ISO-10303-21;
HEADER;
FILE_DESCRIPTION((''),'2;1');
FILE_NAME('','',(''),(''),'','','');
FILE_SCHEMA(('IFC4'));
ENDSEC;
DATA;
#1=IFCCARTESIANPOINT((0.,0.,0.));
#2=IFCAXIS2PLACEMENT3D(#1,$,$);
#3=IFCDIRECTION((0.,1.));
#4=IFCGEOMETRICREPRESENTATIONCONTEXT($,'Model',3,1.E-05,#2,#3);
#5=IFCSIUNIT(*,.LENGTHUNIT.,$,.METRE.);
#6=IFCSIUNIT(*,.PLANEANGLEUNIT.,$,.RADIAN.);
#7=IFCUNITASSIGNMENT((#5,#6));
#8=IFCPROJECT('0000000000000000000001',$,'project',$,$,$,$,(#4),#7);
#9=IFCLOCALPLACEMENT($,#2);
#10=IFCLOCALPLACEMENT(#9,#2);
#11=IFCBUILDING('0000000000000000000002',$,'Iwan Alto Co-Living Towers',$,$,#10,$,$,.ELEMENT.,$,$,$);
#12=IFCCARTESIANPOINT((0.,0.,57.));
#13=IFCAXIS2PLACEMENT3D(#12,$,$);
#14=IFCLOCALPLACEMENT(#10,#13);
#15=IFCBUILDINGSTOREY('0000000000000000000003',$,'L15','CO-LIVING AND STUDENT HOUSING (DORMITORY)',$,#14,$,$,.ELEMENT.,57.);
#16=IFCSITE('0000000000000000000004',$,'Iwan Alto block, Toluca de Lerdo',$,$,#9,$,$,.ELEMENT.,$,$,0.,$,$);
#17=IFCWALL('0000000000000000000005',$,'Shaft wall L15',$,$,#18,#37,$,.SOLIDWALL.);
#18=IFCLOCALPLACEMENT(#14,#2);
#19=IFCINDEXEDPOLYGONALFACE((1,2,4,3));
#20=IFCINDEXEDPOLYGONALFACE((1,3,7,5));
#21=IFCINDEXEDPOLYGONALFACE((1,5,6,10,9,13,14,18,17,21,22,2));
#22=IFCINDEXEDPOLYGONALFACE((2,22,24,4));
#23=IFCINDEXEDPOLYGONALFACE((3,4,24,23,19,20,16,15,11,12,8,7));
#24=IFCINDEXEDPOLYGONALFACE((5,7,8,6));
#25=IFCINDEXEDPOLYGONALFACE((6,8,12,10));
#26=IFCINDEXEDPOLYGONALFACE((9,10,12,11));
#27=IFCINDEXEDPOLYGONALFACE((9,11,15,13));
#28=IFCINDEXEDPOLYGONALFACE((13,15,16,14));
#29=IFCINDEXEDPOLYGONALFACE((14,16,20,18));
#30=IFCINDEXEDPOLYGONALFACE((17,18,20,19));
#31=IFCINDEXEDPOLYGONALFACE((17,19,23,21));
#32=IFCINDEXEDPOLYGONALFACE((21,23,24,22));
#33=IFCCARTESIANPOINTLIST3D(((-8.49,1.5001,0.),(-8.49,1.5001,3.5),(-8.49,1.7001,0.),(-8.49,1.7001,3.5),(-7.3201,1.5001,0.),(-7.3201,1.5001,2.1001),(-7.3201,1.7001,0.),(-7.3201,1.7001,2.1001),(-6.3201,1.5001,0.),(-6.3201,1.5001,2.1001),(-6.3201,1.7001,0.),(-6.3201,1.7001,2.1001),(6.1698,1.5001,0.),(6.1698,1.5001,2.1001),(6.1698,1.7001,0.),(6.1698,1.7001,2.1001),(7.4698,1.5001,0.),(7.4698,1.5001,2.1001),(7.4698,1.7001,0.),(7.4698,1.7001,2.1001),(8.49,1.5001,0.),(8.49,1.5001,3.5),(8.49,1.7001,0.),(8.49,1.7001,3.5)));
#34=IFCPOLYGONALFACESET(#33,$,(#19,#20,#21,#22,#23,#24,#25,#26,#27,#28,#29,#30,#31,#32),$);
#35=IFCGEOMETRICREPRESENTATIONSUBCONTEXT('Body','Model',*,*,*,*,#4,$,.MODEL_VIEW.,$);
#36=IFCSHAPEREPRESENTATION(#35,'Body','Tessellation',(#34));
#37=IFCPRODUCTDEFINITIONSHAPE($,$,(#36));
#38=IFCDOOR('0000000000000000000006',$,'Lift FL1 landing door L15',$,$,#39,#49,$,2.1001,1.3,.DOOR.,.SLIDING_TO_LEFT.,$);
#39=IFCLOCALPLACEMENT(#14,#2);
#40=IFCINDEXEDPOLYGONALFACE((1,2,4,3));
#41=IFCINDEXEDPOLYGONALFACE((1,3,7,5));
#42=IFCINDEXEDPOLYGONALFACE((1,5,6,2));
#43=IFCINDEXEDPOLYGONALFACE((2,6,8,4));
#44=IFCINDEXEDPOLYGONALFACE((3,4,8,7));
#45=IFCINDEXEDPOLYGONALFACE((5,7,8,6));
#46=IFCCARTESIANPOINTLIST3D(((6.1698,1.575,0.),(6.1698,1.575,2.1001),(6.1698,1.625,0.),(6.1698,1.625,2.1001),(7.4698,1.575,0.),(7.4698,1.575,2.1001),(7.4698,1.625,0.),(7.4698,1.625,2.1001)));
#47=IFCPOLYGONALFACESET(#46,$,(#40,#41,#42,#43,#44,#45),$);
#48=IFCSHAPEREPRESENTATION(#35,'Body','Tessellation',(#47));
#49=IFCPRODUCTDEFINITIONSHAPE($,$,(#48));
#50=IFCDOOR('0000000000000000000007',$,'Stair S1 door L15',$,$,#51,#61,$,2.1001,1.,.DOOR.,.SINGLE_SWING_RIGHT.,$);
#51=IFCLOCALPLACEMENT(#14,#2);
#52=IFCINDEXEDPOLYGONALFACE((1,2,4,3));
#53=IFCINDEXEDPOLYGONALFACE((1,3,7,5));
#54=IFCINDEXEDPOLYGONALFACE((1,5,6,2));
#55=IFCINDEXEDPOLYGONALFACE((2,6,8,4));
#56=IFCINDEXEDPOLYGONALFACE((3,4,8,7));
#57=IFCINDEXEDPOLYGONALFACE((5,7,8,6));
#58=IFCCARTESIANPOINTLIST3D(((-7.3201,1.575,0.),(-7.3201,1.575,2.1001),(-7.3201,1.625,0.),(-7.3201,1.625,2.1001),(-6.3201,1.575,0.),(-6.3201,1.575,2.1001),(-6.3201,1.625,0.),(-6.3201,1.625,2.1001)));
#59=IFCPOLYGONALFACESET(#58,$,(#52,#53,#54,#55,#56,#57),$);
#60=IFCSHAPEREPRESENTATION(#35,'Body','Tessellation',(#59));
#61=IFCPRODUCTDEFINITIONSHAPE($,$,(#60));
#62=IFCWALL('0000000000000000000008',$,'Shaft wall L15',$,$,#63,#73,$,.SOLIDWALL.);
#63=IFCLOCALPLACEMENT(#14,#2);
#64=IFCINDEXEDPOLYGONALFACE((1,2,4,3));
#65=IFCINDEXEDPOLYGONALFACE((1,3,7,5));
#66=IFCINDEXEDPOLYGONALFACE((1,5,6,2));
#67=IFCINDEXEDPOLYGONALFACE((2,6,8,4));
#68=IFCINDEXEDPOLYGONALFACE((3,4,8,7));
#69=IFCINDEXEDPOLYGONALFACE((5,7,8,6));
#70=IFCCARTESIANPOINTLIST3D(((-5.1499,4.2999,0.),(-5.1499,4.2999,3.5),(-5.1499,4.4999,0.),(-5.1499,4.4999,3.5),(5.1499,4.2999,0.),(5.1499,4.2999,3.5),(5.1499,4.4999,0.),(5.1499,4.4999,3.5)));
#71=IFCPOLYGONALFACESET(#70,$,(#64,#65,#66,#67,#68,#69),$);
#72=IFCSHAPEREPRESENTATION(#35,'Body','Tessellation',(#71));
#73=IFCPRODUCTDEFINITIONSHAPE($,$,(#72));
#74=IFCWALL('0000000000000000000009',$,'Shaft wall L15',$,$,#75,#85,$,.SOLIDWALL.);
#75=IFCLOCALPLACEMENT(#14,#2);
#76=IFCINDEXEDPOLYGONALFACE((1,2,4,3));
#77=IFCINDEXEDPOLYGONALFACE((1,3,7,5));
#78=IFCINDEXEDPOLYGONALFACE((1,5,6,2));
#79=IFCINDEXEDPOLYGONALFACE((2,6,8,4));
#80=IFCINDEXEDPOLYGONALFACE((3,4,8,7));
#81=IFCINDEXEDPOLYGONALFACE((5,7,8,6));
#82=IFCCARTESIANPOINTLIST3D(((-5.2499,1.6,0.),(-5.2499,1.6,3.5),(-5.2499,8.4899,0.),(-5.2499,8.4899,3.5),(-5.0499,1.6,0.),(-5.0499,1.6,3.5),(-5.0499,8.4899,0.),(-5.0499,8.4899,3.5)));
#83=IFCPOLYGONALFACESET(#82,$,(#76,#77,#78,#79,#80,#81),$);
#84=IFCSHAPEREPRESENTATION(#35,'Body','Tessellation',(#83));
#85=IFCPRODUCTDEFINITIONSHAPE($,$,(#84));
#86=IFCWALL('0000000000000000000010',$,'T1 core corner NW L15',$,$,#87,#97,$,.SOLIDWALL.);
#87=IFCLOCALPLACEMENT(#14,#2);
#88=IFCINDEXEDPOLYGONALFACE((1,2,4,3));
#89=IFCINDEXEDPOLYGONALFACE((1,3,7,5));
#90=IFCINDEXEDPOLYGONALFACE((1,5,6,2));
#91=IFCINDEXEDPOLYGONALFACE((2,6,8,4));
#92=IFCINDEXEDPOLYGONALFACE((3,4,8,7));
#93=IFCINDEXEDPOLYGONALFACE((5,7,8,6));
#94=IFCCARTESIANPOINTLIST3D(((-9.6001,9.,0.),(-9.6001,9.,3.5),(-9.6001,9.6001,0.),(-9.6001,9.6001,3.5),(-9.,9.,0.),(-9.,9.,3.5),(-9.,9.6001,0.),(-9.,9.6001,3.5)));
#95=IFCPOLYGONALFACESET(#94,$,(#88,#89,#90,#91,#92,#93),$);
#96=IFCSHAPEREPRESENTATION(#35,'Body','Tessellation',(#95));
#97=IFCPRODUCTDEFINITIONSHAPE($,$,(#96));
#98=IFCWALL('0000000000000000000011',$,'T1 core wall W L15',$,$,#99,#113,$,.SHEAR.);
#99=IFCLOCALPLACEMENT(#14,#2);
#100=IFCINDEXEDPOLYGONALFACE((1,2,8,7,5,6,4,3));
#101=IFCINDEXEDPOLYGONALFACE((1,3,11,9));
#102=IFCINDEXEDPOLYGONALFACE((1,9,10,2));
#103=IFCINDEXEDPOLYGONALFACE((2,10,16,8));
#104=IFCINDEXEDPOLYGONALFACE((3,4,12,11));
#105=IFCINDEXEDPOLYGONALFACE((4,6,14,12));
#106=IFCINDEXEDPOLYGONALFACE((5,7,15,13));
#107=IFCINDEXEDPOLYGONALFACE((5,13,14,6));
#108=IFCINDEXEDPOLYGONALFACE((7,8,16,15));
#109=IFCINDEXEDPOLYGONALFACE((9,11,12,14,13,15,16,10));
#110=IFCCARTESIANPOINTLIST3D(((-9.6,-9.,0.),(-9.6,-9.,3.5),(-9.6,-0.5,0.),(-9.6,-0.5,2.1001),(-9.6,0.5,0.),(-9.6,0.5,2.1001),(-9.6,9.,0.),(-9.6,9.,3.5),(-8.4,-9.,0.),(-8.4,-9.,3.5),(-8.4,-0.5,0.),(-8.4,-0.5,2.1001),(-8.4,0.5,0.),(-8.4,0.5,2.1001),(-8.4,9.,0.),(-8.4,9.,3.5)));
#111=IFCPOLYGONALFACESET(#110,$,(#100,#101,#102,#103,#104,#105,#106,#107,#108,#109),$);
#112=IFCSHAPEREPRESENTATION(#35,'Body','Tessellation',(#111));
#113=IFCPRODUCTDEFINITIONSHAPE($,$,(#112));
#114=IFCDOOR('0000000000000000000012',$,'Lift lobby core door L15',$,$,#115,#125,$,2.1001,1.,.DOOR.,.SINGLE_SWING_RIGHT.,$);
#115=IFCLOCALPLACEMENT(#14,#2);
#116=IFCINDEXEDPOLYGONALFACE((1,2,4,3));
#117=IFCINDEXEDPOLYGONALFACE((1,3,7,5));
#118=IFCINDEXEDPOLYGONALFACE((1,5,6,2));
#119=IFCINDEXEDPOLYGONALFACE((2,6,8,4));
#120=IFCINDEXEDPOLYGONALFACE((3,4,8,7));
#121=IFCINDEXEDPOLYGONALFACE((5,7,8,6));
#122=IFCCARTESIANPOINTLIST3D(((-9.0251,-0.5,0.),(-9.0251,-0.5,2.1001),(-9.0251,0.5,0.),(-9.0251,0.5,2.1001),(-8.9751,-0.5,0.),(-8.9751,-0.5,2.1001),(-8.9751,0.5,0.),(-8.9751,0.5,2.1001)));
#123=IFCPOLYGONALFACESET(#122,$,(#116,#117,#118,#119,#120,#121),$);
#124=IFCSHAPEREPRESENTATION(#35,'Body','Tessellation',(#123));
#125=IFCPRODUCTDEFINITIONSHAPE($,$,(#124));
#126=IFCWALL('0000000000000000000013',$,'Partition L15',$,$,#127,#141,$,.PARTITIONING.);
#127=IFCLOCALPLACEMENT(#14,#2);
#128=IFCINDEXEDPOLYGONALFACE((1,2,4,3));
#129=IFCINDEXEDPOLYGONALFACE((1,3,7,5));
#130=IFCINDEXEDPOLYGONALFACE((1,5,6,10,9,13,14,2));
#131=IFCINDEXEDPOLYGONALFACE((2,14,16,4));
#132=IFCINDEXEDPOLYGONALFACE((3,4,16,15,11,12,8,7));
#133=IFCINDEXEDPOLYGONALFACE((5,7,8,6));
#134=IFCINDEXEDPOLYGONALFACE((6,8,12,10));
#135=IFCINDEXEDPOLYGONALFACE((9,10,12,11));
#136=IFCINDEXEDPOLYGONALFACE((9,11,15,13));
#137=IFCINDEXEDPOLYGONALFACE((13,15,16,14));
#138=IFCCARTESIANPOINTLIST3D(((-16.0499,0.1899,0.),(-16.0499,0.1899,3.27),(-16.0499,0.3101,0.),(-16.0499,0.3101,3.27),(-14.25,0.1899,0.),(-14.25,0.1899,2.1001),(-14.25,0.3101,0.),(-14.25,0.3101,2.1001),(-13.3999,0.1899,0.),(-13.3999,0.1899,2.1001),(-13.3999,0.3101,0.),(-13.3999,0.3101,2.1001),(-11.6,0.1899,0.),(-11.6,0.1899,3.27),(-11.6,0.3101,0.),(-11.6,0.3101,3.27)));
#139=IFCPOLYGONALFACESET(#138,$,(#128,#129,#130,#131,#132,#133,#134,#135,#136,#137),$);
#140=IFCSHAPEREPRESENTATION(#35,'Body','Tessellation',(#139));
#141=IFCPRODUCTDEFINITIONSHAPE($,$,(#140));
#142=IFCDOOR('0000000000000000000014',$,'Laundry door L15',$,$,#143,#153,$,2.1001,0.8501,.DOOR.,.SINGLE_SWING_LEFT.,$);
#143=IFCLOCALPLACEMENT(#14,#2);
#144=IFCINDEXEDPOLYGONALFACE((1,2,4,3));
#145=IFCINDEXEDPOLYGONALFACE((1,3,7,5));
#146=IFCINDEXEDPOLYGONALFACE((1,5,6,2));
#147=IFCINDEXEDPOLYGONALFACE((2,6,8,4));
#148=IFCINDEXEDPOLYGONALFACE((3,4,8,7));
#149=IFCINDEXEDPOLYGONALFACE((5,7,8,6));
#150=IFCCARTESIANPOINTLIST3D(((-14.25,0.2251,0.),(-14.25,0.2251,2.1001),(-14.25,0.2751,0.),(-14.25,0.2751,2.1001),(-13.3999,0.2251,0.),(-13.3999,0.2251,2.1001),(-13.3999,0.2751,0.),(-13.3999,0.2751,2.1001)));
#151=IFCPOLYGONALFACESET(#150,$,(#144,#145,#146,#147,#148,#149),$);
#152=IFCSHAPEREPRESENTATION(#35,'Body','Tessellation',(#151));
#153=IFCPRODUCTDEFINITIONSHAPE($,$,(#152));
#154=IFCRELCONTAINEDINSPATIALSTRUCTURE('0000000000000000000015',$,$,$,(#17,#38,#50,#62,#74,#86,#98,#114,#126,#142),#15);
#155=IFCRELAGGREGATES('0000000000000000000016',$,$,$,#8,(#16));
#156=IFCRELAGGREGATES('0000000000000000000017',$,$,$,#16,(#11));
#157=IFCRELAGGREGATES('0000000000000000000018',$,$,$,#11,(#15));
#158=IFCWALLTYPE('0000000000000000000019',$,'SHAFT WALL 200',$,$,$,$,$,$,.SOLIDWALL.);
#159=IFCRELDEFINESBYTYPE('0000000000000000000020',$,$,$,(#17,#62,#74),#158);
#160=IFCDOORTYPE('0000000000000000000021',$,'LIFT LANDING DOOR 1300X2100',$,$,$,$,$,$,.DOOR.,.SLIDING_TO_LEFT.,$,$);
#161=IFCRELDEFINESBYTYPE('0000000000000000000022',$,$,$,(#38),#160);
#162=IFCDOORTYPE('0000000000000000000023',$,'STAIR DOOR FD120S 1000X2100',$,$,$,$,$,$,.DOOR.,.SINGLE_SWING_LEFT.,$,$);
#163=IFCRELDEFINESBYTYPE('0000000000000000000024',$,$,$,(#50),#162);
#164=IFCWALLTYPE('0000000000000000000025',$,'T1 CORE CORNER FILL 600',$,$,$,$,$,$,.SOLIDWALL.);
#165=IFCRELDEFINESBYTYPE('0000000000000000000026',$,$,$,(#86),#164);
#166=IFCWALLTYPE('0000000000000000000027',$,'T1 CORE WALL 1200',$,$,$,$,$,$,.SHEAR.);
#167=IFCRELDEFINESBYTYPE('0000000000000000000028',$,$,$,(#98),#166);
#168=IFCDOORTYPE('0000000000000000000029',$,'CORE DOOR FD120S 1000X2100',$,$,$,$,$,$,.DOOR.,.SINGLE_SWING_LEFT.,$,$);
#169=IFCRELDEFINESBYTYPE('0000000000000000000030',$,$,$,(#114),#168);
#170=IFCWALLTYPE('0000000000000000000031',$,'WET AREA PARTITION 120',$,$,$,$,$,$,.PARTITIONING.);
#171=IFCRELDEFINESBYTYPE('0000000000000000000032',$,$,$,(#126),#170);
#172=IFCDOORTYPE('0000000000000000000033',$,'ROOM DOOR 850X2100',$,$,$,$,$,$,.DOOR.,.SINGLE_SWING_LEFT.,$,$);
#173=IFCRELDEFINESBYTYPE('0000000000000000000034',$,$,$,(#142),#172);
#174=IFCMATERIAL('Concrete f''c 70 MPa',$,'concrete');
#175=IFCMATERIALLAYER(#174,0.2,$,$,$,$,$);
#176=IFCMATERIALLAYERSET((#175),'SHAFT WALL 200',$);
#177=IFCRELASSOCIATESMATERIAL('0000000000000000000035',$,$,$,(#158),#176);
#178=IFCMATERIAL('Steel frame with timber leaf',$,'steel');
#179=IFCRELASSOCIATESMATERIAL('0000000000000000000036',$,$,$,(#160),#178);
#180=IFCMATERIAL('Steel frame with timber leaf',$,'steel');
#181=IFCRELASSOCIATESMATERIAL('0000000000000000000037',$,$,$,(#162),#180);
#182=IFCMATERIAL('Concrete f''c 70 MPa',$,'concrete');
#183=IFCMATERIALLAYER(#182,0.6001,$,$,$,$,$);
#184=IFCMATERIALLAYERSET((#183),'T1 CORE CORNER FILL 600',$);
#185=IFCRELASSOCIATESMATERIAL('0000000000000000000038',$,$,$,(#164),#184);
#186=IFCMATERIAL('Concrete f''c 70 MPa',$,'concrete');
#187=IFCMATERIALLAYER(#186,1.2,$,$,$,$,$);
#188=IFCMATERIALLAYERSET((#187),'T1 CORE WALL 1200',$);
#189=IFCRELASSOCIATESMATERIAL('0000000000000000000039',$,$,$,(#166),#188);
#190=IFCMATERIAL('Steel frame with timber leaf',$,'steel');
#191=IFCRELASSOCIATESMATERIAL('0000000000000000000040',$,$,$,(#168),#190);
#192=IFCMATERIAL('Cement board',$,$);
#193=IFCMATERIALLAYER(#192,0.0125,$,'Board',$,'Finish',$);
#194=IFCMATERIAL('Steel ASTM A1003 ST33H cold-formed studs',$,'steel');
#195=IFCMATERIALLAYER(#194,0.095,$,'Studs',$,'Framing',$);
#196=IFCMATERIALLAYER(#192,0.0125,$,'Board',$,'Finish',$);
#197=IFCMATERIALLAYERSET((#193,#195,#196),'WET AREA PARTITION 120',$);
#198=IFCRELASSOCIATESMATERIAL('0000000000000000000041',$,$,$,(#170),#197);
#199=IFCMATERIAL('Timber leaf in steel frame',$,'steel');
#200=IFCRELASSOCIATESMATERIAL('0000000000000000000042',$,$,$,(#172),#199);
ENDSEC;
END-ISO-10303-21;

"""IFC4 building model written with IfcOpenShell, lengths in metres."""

from ifc_helpers import new_model, si_unit, direction, frame, frame_2d, origin, place, context, subcontext, project, spatial, rectangle, extrude, material, layer, layer_set, type_object, element, fill, save


model = new_model("IFC4")

# Units and contexts
model_context = context("Model", 3, precision=1e-05, world=origin(), true_north=direction((0.0, 1.0)))
body_context = subcontext(model_context, "Body", "Model", "MODEL_VIEW")
ifc_project = project(units=[si_unit("LENGTHUNIT", "METRE"), si_unit("PLANEANGLEUNIT", "RADIAN")], contexts=[model_context])

# Site, building, storey
site_placement = place(None, origin())
site = spatial("IfcSite", under=ifc_project, at=site_placement, Name="Iwan Alto block, Toluca de Lerdo", CompositionType="ELEMENT", RefElevation=0.0)
building_placement = place(site_placement, origin())
building = spatial("IfcBuilding", under=site, at=building_placement, Name="Iwan Alto Co-Living Towers", CompositionType="ELEMENT")
storey_placement = place(building_placement, frame((0.0, 0.0, 57.0)))
storey = spatial("IfcBuildingStorey", under=building, at=storey_placement, Name="L15", Description="CO-LIVING AND STUDENT HOUSING (DORMITORY)", CompositionType="ELEMENT", Elevation=57.0)

# Shared definitions
ifc_material_1 = material(Name="Steel ASTM A1003 ST33H cold-formed studs", Category="steel")

# Wall, openings, doors
ifc_material_2 = material(Name="Concrete f'c 70 MPa", Category="concrete")
ifc_layer_1 = layer(ifc_material_2, 0.2)
ifc_layer_set_1 = layer_set([ifc_layer_1], Name="SHAFT WALL 200")
wall_type_1 = type_object("IfcWallType", Name="SHAFT WALL 200", PredefinedType="SOLIDWALL", material=ifc_layer_set_1)
wall_1_placement = place(storey_placement, frame((-8.49, 1.6001, 0.0), z_axis=(0.0, 0.0, 1.0), x_axis=(1.0, 0.0, 0.0)))
wall_1 = element("IfcWall", 1, at=wall_1_placement, inside=storey, type_object=wall_type_1, Name="Shaft wall L15", PredefinedType="SOLIDWALL", context=body_context, shape_type="SweptSolid", body=[
    extrude(rectangle(XDim=16.98, YDim=0.2, at=frame_2d((8.49, 0.0))), origin(), (0.0, 0.0, 1.0), 3.5),
])
opening_1_placement = place(wall_1_placement, frame((1.1699, 0.0, 0.0)))
opening_1 = element("IfcOpeningElement", 2, at=opening_1_placement, cuts=wall_1, PredefinedType="OPENING", context=body_context, shape_type="SweptSolid", body=[
    extrude(rectangle(XDim=1.0, YDim=2.1001, at=frame_2d((0.5, 1.05))), frame((0.0, 0.1099, 0.0), z_axis=(0.0, -1.0, 0.0), x_axis=(1.0, 0.0, 0.0)), (0.0, 0.0, 1.0), 0.22),
])
opening_2_placement = place(wall_1_placement, frame((14.6599, 0.0, 0.0)))
opening_2 = element("IfcOpeningElement", 3, at=opening_2_placement, cuts=wall_1, PredefinedType="OPENING", context=body_context, shape_type="SweptSolid", body=[
    extrude(rectangle(XDim=1.3, YDim=2.1001, at=frame_2d((0.6499, 1.05))), frame((0.0, 0.1099, 0.0), z_axis=(0.0, -1.0, 0.0), x_axis=(1.0, 0.0, 0.0)), (0.0, 0.0, 1.0), 0.22),
])
ifc_material_3 = material(Name="Steel frame with timber leaf", Category="steel")
door_type_1 = type_object("IfcDoorType", Name="LIFT LANDING DOOR 1300X2100", OperationType="SLIDING_TO_LEFT", PredefinedType="DOOR", material=ifc_material_3)
door_1_placement = place(opening_2_placement, origin())
door_1 = element("IfcDoor", 4, at=door_1_placement, inside=storey, type_object=door_type_1, Name="Lift FL1 landing door L15", OperationType="SLIDING_TO_LEFT", OverallHeight=2.1001, OverallWidth=1.3, PredefinedType="DOOR", context=body_context, shape_type="SweptSolid", body=[
    extrude(rectangle(XDim=1.3, YDim=2.1001, at=frame_2d((0.6499, 1.05))), frame((0.0, 0.0249, 0.0), z_axis=(0.0, -1.0, 0.0), x_axis=(1.0, 0.0, 0.0)), (0.0, 0.0, 1.0), 0.05),
])
fill(opening_2, door_1)
ifc_material_4 = material(Name="Steel frame with timber leaf", Category="steel")
door_type_2 = type_object("IfcDoorType", Name="STAIR DOOR FD120S 1000X2100", OperationType="SINGLE_SWING_LEFT", PredefinedType="DOOR", material=ifc_material_4)
door_2_placement = place(opening_1_placement, origin())
door_2 = element("IfcDoor", 5, at=door_2_placement, inside=storey, type_object=door_type_2, Name="Stair S1 door L15", OperationType="SINGLE_SWING_RIGHT", OverallHeight=2.1001, OverallWidth=1.0, PredefinedType="DOOR", context=body_context, shape_type="SweptSolid", body=[
    extrude(rectangle(XDim=1.0, YDim=2.1001, at=frame_2d((0.5, 1.05))), frame((0.0, 0.0249, 0.0), z_axis=(0.0, -1.0, 0.0), x_axis=(1.0, 0.0, 0.0)), (0.0, 0.0, 1.0), 0.05),
])
fill(opening_1, door_2)

# Walls
wall_2_placement = place(storey_placement, frame((-5.1499, 4.3999, 0.0), z_axis=(0.0, 0.0, 1.0), x_axis=(1.0, 0.0, 0.0)))
element("IfcWall", 6, at=wall_2_placement, inside=storey, type_object=wall_type_1, Name="Shaft wall L15", PredefinedType="SOLIDWALL", context=body_context, shape_type="SweptSolid", body=[
    extrude(rectangle(XDim=10.2998, YDim=0.2, at=frame_2d((5.1499, 0.0))), origin(), (0.0, 0.0, 1.0), 3.5),
])
wall_3_placement = place(storey_placement, frame((-5.1499, 1.6001, 0.0), z_axis=(0.0, 0.0, 1.0), x_axis=(0.0, 1.0, 0.0)))
element("IfcWall", 7, at=wall_3_placement, inside=storey, type_object=wall_type_1, Name="Shaft wall L15", PredefinedType="SOLIDWALL", context=body_context, shape_type="SweptSolid", body=[
    extrude(rectangle(XDim=6.8899, YDim=0.2, at=frame_2d((3.4448, 0.0))), origin(), (0.0, 0.0, 1.0), 3.5),
])
ifc_material_5 = material(Name="Concrete f'c 70 MPa", Category="concrete")
ifc_layer_2 = layer(ifc_material_5, 0.6001)
ifc_layer_set_2 = layer_set([ifc_layer_2], Name="T1 CORE CORNER FILL 600")
wall_type_2 = type_object("IfcWallType", Name="T1 CORE CORNER FILL 600", PredefinedType="SOLIDWALL", material=ifc_layer_set_2)
wall_4_placement = place(storey_placement, frame((-9.6001, 9.3, 0.0), z_axis=(0.0, 0.0, 1.0), x_axis=(1.0, 0.0, 0.0)))
element("IfcWall", 8, at=wall_4_placement, inside=storey, type_object=wall_type_2, Name="T1 core corner NW L15", PredefinedType="SOLIDWALL", context=body_context, shape_type="SweptSolid", body=[
    extrude(rectangle(XDim=0.6001, YDim=0.6001, at=frame_2d((0.3, 0.0))), origin(), (0.0, 0.0, 1.0), 3.5),
])

# Walls, openings, doors
ifc_material_6 = material(Name="Concrete f'c 70 MPa", Category="concrete")
ifc_layer_3 = layer(ifc_material_6, 1.2)
ifc_layer_set_3 = layer_set([ifc_layer_3], Name="T1 CORE WALL 1200")
wall_type_3 = type_object("IfcWallType", Name="T1 CORE WALL 1200", PredefinedType="SHEAR", material=ifc_layer_set_3)
wall_5_placement = place(storey_placement, frame((-9.0, 9.0, 0.0), z_axis=(0.0, 0.0, 1.0), x_axis=(0.0, -1.0, 0.0)))
wall_5 = element("IfcWall", 9, at=wall_5_placement, inside=storey, type_object=wall_type_3, Name="T1 core wall W L15", PredefinedType="SHEAR", context=body_context, shape_type="SweptSolid", body=[
    extrude(rectangle(XDim=18.0, YDim=1.2, at=frame_2d((9.0, 0.0))), origin(), (0.0, 0.0, 1.0), 3.5),
])
opening_3_placement = place(wall_5_placement, frame((8.5, 0.0, 0.0)))
opening_3 = element("IfcOpeningElement", 10, at=opening_3_placement, cuts=wall_5, PredefinedType="OPENING", context=body_context, shape_type="SweptSolid", body=[
    extrude(rectangle(XDim=1.0, YDim=2.1001, at=frame_2d((0.5, 1.05))), frame((0.0, 0.6099, 0.0), z_axis=(0.0, -1.0, 0.0), x_axis=(1.0, 0.0, 0.0)), (0.0, 0.0, 1.0), 1.22),
])
ifc_material_7 = material(Name="Steel frame with timber leaf", Category="steel")
door_type_3 = type_object("IfcDoorType", Name="CORE DOOR FD120S 1000X2100", OperationType="SINGLE_SWING_LEFT", PredefinedType="DOOR", material=ifc_material_7)
door_3_placement = place(opening_3_placement, origin())
door_3 = element("IfcDoor", 11, at=door_3_placement, inside=storey, type_object=door_type_3, Name="Lift lobby core door L15", OperationType="SINGLE_SWING_RIGHT", OverallHeight=2.1001, OverallWidth=1.0, PredefinedType="DOOR", context=body_context, shape_type="SweptSolid", body=[
    extrude(rectangle(XDim=1.0, YDim=2.1001, at=frame_2d((0.5, 1.05))), frame((0.0, 0.0249, 0.0), z_axis=(0.0, -1.0, 0.0), x_axis=(1.0, 0.0, 0.0)), (0.0, 0.0, 1.0), 0.05),
])
fill(opening_3, door_3)
ifc_material_8 = material(Name="Cement board")
ifc_layer_4 = layer(ifc_material_8, 0.0125, Name="Board", Category="Finish")
ifc_layer_5 = layer(ifc_material_1, 0.095, Name="Studs", Category="Framing")
ifc_layer_6 = layer(ifc_material_8, 0.0125, Name="Board", Category="Finish")
ifc_layer_set_4 = layer_set([ifc_layer_4, ifc_layer_5, ifc_layer_6], Name="WET AREA PARTITION 120")
wall_type_4 = type_object("IfcWallType", Name="WET AREA PARTITION 120", PredefinedType="PARTITIONING", material=ifc_layer_set_4)
wall_6_placement = place(storey_placement, frame((-16.05, 0.25, 0.0), z_axis=(0.0, 0.0, 1.0), x_axis=(1.0, 0.0, 0.0)))
wall_6 = element("IfcWall", 12, at=wall_6_placement, inside=storey, type_object=wall_type_4, Name="Partition L15", PredefinedType="PARTITIONING", context=body_context, shape_type="SweptSolid", body=[
    extrude(rectangle(XDim=4.45, YDim=0.1201, at=frame_2d((2.2251, 0.0))), origin(), (0.0, 0.0, 1.0), 3.27),
])
opening_4_placement = place(wall_6_placement, frame((1.8, 0.0, 0.0)))
opening_4 = element("IfcOpeningElement", 13, at=opening_4_placement, cuts=wall_6, PredefinedType="OPENING", context=body_context, shape_type="SweptSolid", body=[
    extrude(rectangle(XDim=0.8501, YDim=2.1001, at=frame_2d((0.425, 1.05))), frame((0.0, 0.0701, 0.0), z_axis=(0.0, -1.0, 0.0), x_axis=(1.0, 0.0, 0.0)), (0.0, 0.0, 1.0), 0.1401),
])
ifc_material_9 = material(Name="Timber leaf in steel frame", Category="steel")
door_type_4 = type_object("IfcDoorType", Name="ROOM DOOR 850X2100", OperationType="SINGLE_SWING_LEFT", PredefinedType="DOOR", material=ifc_material_9)
door_4_placement = place(opening_4_placement, frame((0.8501, 0.0, 0.0), z_axis=(0.0, 0.0, 1.0), x_axis=(-1.0, 0.0, 0.0)))
door_4 = element("IfcDoor", 14, at=door_4_placement, inside=storey, type_object=door_type_4, Name="Laundry door L15", OperationType="SINGLE_SWING_LEFT", OverallHeight=2.1001, OverallWidth=0.8501, PredefinedType="DOOR", context=body_context, shape_type="SweptSolid", body=[
    extrude(rectangle(XDim=0.8501, YDim=2.1001, at=frame_2d((0.425, 1.05))), frame((0.0, 0.0249, 0.0), z_axis=(0.0, -1.0, 0.0), x_axis=(1.0, 0.0, 0.0)), (0.0, 0.0, 1.0), 0.05),
])
fill(opening_4, door_4)

save(model, "model.ifc")
